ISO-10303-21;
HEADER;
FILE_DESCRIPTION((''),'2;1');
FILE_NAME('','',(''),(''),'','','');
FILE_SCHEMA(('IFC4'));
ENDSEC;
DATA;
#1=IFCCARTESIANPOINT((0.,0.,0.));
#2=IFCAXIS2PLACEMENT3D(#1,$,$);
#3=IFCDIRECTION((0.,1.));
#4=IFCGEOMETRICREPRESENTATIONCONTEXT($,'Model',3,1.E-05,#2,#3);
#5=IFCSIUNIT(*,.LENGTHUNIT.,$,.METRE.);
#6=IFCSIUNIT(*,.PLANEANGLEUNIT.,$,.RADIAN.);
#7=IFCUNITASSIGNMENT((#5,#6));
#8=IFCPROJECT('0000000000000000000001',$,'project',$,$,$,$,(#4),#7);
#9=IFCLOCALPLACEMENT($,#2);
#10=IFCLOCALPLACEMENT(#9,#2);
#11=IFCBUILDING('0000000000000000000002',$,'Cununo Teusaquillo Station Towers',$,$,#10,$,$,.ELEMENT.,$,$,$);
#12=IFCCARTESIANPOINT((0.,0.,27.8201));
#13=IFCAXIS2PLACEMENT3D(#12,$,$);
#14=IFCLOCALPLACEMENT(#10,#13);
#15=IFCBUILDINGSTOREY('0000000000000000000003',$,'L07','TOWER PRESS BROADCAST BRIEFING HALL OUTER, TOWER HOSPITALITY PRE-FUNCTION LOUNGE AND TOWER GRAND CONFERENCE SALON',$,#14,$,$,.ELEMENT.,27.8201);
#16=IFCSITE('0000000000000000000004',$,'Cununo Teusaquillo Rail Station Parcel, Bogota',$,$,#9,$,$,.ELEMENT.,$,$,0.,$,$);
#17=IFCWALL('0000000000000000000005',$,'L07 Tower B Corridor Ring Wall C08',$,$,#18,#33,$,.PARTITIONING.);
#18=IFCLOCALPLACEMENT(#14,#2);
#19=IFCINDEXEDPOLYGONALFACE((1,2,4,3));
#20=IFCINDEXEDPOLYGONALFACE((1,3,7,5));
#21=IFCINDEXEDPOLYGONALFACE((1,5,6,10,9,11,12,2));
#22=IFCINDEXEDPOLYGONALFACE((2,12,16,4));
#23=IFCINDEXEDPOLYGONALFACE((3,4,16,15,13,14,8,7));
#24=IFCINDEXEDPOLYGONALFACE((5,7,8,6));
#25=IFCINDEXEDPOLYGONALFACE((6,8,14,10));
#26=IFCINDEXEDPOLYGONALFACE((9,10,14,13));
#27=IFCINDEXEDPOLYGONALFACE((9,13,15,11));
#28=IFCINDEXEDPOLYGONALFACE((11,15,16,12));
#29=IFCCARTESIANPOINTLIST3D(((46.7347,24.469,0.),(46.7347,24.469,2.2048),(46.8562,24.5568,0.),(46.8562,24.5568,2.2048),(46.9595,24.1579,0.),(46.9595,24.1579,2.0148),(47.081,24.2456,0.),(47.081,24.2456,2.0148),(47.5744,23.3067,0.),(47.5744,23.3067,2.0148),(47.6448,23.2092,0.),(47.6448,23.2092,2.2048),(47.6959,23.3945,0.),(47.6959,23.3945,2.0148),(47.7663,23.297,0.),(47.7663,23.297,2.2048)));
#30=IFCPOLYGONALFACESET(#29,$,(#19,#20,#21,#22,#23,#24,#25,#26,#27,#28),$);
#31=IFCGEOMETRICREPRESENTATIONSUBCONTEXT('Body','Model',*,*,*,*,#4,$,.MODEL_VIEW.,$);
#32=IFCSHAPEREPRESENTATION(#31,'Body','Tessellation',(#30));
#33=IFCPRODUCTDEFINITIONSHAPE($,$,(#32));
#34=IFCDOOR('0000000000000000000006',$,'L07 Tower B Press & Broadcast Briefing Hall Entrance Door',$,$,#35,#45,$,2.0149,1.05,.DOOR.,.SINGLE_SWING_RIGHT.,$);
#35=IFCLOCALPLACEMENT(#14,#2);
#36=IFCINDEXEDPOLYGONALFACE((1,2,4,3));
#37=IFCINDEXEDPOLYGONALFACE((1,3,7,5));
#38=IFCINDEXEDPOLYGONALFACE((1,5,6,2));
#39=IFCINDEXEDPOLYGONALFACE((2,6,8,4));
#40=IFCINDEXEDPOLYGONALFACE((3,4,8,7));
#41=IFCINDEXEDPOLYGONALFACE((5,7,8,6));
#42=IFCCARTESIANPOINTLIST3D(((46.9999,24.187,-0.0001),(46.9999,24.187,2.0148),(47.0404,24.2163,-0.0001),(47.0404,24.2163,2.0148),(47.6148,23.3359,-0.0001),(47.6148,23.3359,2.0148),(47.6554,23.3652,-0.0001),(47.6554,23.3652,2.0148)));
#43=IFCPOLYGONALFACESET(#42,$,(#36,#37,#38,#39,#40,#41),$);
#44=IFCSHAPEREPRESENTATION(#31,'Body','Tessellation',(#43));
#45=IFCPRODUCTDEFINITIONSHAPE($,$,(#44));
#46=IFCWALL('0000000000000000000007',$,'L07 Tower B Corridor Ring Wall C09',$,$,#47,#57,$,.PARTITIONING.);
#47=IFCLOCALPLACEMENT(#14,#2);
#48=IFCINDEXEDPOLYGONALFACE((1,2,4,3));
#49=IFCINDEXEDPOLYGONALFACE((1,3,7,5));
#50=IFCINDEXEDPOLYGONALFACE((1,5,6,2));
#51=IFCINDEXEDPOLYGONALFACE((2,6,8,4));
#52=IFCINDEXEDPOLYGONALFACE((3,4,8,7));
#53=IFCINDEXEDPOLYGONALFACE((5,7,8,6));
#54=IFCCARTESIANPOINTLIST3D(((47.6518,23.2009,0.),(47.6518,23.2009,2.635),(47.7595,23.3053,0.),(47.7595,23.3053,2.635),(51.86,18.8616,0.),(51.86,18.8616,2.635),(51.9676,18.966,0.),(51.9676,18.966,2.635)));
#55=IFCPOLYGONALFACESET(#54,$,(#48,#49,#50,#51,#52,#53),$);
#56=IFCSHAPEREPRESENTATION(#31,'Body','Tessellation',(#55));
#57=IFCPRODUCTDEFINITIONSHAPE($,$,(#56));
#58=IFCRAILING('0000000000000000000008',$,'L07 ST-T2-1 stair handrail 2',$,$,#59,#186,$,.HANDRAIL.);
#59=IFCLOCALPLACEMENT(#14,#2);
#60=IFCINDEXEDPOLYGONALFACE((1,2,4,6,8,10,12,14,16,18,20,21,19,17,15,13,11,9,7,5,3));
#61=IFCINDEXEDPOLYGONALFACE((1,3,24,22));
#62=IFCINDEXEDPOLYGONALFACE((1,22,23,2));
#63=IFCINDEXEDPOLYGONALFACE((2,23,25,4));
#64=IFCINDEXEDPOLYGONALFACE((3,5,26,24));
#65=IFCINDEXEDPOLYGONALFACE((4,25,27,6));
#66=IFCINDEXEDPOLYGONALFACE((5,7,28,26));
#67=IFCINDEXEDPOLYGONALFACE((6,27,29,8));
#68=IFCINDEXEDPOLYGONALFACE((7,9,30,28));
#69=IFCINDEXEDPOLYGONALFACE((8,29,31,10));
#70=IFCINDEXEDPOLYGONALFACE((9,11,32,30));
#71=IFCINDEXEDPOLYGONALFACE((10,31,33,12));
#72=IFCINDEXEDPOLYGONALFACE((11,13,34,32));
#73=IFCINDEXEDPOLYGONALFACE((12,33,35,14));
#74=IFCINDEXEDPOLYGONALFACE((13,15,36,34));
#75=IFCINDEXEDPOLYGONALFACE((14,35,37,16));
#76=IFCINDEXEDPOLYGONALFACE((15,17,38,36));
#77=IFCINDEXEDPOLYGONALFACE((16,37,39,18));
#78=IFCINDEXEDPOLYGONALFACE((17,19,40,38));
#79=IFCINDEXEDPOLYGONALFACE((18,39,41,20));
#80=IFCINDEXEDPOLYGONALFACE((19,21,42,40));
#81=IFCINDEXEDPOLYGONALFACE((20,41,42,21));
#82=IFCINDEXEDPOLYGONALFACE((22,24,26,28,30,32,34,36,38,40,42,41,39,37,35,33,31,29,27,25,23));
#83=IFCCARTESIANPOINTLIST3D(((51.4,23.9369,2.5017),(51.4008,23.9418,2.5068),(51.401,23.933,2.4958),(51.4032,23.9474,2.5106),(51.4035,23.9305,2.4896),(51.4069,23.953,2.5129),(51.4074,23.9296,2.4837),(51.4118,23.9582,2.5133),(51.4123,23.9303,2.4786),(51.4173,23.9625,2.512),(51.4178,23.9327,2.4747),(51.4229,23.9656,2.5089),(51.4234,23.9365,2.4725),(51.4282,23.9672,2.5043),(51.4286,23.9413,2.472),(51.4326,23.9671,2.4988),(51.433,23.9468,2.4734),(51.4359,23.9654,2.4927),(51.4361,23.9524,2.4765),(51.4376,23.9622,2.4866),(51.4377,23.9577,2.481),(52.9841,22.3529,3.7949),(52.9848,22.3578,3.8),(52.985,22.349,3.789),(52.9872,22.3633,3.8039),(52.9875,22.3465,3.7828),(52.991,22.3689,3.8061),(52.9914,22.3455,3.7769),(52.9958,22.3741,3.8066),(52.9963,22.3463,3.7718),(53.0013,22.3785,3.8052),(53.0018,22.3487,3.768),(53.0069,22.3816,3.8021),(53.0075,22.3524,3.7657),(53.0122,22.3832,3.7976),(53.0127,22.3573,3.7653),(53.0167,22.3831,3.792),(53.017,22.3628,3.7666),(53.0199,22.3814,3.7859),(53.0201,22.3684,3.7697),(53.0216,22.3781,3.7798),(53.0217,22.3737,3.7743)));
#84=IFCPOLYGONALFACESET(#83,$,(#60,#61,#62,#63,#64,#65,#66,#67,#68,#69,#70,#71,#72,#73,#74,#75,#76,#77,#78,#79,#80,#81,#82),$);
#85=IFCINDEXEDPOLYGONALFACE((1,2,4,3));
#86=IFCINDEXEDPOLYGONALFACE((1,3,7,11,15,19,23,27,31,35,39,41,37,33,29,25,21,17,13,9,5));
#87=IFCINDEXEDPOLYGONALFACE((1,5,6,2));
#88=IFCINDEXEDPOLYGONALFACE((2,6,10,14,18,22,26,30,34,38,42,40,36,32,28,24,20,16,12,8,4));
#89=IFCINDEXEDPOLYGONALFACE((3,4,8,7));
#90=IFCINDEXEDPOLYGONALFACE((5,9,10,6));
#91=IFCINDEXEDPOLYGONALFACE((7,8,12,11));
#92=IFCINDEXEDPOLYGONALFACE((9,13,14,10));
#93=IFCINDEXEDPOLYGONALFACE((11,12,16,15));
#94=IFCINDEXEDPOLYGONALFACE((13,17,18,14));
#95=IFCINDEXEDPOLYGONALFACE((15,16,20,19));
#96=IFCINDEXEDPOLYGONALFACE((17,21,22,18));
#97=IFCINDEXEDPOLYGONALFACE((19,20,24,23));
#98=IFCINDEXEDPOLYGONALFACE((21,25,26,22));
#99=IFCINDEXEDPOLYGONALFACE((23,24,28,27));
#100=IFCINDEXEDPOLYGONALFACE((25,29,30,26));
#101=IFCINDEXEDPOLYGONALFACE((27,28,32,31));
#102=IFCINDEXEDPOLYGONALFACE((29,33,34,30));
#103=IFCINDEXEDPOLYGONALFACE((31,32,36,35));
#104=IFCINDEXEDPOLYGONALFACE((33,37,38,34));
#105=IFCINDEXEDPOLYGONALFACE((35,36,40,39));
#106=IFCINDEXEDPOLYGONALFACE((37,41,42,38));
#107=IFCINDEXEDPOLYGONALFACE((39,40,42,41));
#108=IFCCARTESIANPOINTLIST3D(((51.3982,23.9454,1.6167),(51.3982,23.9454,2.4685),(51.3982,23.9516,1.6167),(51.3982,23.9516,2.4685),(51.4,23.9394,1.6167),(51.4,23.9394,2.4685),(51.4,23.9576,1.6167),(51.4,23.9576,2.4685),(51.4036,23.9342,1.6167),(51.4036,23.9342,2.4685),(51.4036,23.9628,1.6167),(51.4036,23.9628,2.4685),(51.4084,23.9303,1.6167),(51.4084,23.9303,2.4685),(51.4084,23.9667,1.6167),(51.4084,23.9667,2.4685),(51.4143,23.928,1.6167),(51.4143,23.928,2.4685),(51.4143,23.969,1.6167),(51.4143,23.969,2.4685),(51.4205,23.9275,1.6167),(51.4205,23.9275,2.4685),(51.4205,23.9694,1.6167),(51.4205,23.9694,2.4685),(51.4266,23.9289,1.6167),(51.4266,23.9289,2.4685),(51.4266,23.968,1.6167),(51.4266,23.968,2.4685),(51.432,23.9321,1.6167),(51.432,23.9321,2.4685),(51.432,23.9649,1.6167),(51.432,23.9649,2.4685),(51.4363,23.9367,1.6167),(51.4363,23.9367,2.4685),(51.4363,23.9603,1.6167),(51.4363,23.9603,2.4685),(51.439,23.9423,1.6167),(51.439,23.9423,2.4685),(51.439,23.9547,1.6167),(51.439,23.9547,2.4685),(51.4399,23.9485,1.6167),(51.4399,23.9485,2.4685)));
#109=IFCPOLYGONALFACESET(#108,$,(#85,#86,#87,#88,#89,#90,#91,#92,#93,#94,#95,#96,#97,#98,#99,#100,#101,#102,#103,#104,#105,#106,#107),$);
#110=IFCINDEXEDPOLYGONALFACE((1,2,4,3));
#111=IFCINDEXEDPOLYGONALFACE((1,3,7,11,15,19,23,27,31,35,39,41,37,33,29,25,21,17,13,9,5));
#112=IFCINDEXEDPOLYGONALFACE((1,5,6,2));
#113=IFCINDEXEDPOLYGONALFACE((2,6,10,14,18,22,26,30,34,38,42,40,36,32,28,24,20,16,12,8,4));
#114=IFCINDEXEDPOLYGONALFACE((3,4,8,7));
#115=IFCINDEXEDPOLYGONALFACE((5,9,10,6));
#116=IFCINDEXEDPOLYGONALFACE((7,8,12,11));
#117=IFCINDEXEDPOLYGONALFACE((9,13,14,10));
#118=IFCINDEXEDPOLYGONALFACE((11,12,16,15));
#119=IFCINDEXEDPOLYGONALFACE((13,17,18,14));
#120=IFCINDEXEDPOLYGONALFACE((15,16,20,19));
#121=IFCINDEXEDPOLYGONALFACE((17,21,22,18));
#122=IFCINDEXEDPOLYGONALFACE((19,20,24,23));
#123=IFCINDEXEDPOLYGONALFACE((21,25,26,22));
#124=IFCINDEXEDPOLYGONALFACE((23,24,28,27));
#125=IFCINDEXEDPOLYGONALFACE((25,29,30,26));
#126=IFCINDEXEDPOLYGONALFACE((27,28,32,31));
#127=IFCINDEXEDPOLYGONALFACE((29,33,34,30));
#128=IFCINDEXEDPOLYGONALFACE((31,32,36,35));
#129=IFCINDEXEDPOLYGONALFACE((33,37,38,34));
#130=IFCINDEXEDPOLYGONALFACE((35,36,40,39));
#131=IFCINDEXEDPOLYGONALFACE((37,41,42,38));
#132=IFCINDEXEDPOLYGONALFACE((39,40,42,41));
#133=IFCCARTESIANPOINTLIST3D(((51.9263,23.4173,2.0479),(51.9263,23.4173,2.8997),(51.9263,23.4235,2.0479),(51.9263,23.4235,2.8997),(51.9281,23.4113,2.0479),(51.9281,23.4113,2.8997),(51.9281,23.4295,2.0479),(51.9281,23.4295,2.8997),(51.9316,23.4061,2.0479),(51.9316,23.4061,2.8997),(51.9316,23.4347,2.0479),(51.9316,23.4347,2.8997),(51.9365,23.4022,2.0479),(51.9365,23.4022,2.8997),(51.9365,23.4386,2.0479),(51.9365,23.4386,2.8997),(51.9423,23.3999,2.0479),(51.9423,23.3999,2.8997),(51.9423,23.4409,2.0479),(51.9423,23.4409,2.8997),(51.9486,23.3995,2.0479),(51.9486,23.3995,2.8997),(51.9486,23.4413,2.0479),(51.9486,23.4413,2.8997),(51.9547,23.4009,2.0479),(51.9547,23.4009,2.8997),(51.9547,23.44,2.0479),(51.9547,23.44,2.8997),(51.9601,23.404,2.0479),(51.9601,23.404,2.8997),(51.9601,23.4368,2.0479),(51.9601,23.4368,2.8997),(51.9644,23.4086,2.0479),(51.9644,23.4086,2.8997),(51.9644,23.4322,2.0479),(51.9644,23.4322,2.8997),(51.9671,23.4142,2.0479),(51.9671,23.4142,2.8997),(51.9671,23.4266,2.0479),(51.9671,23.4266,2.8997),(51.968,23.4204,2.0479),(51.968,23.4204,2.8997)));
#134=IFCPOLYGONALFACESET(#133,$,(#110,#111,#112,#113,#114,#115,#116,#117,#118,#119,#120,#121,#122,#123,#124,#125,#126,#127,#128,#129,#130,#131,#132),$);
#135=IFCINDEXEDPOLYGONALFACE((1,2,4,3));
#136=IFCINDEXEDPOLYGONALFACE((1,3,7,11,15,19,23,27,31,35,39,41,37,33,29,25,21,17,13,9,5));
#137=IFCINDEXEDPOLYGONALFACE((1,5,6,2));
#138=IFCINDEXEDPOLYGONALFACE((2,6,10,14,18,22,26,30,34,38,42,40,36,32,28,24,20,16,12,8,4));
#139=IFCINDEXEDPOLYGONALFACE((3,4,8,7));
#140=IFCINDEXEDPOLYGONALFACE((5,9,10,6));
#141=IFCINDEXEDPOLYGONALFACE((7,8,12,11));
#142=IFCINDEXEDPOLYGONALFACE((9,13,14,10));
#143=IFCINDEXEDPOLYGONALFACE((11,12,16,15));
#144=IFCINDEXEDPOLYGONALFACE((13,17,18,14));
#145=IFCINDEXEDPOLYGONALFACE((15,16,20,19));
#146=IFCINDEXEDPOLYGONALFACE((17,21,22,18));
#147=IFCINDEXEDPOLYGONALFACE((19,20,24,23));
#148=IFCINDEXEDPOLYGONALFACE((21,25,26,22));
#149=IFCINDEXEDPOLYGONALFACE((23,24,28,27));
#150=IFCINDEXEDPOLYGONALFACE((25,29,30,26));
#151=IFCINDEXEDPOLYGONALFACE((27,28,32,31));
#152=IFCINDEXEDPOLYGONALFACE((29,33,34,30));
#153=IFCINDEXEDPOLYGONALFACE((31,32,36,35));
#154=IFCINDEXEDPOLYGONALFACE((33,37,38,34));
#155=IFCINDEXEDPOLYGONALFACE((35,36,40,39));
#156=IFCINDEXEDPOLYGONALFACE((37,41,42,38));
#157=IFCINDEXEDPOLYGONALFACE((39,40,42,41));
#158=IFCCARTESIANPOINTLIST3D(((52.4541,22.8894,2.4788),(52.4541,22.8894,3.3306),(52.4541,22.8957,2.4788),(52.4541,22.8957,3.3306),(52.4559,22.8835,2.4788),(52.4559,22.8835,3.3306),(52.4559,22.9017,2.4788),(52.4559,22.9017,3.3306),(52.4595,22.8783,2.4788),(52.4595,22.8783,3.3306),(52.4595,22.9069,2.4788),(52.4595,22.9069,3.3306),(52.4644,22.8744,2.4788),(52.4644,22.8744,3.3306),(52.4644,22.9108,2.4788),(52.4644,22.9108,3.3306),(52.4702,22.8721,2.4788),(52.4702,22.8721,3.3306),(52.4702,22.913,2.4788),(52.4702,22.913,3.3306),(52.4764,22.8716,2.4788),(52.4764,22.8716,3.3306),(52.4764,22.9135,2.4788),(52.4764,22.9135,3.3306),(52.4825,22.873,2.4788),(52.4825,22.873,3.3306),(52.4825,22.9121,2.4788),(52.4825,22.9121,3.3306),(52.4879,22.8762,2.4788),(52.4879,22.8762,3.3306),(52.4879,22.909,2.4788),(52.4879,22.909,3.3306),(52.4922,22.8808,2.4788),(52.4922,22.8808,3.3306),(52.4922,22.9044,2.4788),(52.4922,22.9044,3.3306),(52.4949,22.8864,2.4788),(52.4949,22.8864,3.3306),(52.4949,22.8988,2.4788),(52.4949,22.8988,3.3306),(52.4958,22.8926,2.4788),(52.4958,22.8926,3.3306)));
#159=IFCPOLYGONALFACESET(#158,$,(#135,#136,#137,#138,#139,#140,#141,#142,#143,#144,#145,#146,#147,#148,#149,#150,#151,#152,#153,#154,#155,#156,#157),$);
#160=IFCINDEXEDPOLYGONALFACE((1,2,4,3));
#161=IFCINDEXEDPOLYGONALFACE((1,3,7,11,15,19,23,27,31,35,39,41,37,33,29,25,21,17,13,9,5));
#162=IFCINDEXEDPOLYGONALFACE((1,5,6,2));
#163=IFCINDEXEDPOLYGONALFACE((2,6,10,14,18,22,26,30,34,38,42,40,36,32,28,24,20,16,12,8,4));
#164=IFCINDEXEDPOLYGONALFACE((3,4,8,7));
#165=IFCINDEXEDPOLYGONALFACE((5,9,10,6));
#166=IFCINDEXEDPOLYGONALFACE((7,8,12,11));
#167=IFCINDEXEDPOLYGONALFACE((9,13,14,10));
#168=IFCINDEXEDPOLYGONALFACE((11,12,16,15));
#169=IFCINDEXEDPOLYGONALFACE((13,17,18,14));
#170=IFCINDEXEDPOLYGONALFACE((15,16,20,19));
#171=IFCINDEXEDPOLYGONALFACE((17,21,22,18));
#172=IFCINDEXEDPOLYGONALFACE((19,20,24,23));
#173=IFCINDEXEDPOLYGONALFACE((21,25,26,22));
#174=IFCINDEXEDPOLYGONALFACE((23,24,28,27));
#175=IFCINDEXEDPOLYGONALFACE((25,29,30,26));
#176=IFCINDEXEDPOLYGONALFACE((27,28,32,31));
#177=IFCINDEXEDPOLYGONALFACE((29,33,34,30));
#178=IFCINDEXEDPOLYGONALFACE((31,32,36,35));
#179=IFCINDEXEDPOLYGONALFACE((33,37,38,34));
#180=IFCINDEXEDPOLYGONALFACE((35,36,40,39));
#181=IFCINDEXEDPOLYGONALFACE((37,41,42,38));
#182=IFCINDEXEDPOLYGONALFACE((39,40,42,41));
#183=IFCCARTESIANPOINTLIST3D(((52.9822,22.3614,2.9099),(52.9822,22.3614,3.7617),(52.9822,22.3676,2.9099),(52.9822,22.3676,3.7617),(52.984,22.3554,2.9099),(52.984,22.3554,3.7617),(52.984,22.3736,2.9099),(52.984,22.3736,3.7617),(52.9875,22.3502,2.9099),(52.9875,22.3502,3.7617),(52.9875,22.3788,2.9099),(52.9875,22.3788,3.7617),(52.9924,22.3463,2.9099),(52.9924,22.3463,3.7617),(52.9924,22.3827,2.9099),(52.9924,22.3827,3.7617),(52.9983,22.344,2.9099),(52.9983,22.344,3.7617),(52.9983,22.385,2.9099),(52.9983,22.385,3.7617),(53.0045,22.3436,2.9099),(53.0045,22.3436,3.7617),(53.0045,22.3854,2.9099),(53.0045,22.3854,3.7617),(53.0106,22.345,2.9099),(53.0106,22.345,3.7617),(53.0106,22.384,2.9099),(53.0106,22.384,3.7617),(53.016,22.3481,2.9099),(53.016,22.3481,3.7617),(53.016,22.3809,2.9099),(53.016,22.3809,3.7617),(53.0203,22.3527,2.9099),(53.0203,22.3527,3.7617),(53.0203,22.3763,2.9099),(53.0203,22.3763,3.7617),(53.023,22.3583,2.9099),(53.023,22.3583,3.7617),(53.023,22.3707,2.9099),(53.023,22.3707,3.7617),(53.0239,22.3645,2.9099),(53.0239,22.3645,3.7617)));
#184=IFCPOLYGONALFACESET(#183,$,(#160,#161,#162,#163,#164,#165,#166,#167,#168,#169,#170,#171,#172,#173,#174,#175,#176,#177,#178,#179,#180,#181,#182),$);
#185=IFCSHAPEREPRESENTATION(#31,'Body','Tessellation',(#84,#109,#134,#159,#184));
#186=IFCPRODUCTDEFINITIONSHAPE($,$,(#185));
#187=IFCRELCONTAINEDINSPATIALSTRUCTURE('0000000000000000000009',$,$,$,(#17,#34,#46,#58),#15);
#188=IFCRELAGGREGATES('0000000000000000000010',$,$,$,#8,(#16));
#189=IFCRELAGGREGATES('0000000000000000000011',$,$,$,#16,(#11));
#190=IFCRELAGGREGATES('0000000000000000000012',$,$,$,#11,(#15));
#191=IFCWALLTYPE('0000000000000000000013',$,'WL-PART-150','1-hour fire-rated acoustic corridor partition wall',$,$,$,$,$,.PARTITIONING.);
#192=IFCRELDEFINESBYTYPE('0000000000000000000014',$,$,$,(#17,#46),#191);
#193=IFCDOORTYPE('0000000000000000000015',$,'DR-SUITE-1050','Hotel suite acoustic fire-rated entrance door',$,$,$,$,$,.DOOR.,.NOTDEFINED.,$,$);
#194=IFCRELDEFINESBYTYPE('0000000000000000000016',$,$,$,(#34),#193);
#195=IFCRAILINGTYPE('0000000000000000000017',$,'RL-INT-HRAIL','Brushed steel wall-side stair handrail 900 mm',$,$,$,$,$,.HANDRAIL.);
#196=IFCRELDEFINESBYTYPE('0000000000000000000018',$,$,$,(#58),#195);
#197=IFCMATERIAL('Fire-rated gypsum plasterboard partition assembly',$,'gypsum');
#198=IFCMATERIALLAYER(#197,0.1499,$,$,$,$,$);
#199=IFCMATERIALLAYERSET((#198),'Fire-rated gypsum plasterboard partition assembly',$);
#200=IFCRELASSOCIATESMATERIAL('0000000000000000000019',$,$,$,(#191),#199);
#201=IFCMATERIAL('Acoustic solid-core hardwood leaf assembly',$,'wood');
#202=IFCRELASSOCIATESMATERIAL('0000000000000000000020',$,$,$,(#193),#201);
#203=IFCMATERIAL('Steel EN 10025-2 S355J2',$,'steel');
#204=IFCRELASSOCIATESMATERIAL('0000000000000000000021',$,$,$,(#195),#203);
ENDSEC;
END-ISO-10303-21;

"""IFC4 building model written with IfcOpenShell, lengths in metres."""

from ifc_helpers import new_model, si_unit, direction, frame, frame_2d, origin, origin_2d, place, context, subcontext, project, spatial, rectangle, circle, extrude, source, transform, mapped, material, layer, layer_set, type_object, element, fill, save


model = new_model("IFC4")

# Units and contexts
model_context = context("Model", 3, precision=1e-05, world=origin(), true_north=direction((0.0, 1.0)))
body_context = subcontext(model_context, "Body", "Model", "MODEL_VIEW")
ifc_project = project(units=[si_unit("LENGTHUNIT", "METRE"), si_unit("PLANEANGLEUNIT", "RADIAN")], contexts=[model_context])

# Site, building, storey
site_placement = place(None, origin())
site = spatial("IfcSite", under=ifc_project, at=site_placement, Name="Cununo Teusaquillo Rail Station Parcel, Bogota", CompositionType="ELEMENT", RefElevation=0.0)
building_placement = place(site_placement, origin())
building = spatial("IfcBuilding", under=site, at=building_placement, Name="Cununo Teusaquillo Station Towers", CompositionType="ELEMENT")
storey_placement = place(building_placement, frame((0.0, 0.0, 27.8201)))
storey = spatial("IfcBuildingStorey", under=building, at=storey_placement, Name="L07", Description="TOWER PRESS BROADCAST BRIEFING HALL OUTER, TOWER HOSPITALITY PRE-FUNCTION LOUNGE AND TOWER GRAND CONFERENCE SALON", CompositionType="ELEMENT", Elevation=27.8201)

# Wall, opening, door
ifc_material_1 = material(Name="Fire-rated gypsum plasterboard partition assembly", Category="gypsum")
ifc_layer_1 = layer(ifc_material_1, 0.1499)
ifc_layer_set_1 = layer_set([ifc_layer_1], Name="Fire-rated gypsum plasterboard partition assembly")
wall_type_1 = type_object("IfcWallType", Name="WL-PART-150", Description="1-hour fire-rated acoustic corridor partition wall", PredefinedType="PARTITIONING", material=ifc_layer_set_1)
wall_1_placement = place(storey_placement, frame((46.7954, 24.5129, 0.0), z_axis=(0.0, 0.0, 1.0), x_axis=(0.585628, -0.81058, 0.0)))
wall_1 = element("IfcWall", 1, at=wall_1_placement, inside=storey, type_object=wall_type_1, Name="L07 Tower B Corridor Ring Wall C08", PredefinedType="PARTITIONING", context=body_context, shape_type="SweptSolid", body=[
    extrude(rectangle(XDim=1.5542, YDim=0.1499, at=frame_2d((0.7771, 0.0))), origin(), (0.0, 0.0, 1.0), 2.2048),
])
shared_shape_1 = source(origin(), body_context, "Body", "SweptSolid", [
    extrude(rectangle(XDim=1.05, YDim=2.0149, at=frame_2d((0.5249, 1.0073))), frame((0.0, 0.085, 0.0), z_axis=(0.0, -1.0, 0.0), x_axis=(1.0, 0.0, 0.0)), (0.0, 0.0, 1.0), 0.1699),
])
opening_1_placement = place(wall_1_placement, frame((0.384, 0.0, 0.0)))
opening_1 = element("IfcOpeningElement", 2, at=opening_1_placement, cuts=wall_1, PredefinedType="OPENING", context=body_context, shape_type="MappedRepresentation", body=[
    mapped(shared_shape_1, transform((0.0, 0.0, 0.0), x_axis=(1.0, 0.0, 0.0), y_axis=(0.0, 1.0, 0.0), z_axis=(0.0, 0.0, 1.0), scale=1.0)),
])
ifc_material_2 = material(Name="Acoustic solid-core hardwood leaf assembly", Category="wood")
door_type_1 = type_object("IfcDoorType", Name="DR-SUITE-1050", Description="Hotel suite acoustic fire-rated entrance door", OperationType="NOTDEFINED", PredefinedType="DOOR", material=ifc_material_2)
shared_shape_2 = source(origin(), body_context, "Body", "SweptSolid", [
    extrude(rectangle(XDim=1.05, YDim=2.0149, at=frame_2d((0.5249, 1.0073))), frame((0.0, 0.0249, 0.0), z_axis=(0.0, -1.0, 0.0), x_axis=(1.0, 0.0, 0.0)), (0.0, 0.0, 1.0), 0.05),
])
door_1_placement = place(opening_1_placement, origin())
door_1 = element("IfcDoor", 3, at=door_1_placement, inside=storey, type_object=door_type_1, Name="L07 Tower B Press & Broadcast Briefing Hall Entrance Door", OperationType="SINGLE_SWING_RIGHT", OverallHeight=2.0149, OverallWidth=1.05, PredefinedType="DOOR", context=body_context, shape_type="MappedRepresentation", body=[
    mapped(shared_shape_2, transform((0.0, 0.0, 0.0), x_axis=(1.0, 0.0, 0.0), y_axis=(0.0, 1.0, 0.0), z_axis=(0.0, 0.0, 1.0), scale=1.0)),
])
fill(opening_1, door_1)

# Wall
wall_2_placement = place(storey_placement, frame((47.7056, 23.2532, 0.0), z_axis=(0.0, 0.0, 1.0), x_axis=(0.696179, -0.717868, 0.0)))
element("IfcWall", 4, at=wall_2_placement, inside=storey, type_object=wall_type_1, Name="L07 Tower B Corridor Ring Wall C09", PredefinedType="PARTITIONING", context=body_context, shape_type="SweptSolid", body=[
    extrude(rectangle(XDim=6.0447, YDim=0.1499, at=frame_2d((3.0225, 0.0))), origin(), (0.0, 0.0, 1.0), 2.635),
])

# Railing
ifc_material_3 = material(Name="Steel EN 10025-2 S355J2", Category="steel")
railing_type = type_object("IfcRailingType", Name="RL-INT-HRAIL", Description="Brushed steel wall-side stair handrail 900 mm", PredefinedType="HANDRAIL", material=ifc_material_3)
railing_placement = place(storey_placement, frame((51.4189, 23.9485, 1.6167)))
element("IfcRailing", 5, at=railing_placement, inside=storey, type_object=railing_type, Name="L07 ST-T2-1 stair handrail 2", PredefinedType="HANDRAIL", context=body_context, shape_type="SweptSolid", body=[
    extrude(circle(Radius=0.0239, at=origin_2d()), frame((0.0, 0.0, 0.876), z_axis=(0.612385, -0.612385, 0.49997), x_axis=(0.707107, 0.707107, 0.0)), (0.0, 0.0, 1.0), 2.5867),
    extrude(circle(Radius=0.021, at=origin_2d()), origin(), (0.0, 0.0, 1.0), 0.8518),
    extrude(circle(Radius=0.021, at=origin_2d()), frame((0.5281, -0.5281, 0.4312)), (0.0, 0.0, 1.0), 0.8518),
    extrude(circle(Radius=0.021, at=origin_2d()), frame((1.0559, -1.0559, 0.8621)), (0.0, 0.0, 1.0), 0.8518),
    extrude(circle(Radius=0.021, at=origin_2d()), frame((1.584, -1.584, 1.2932)), (0.0, 0.0, 1.0), 0.8518),
])

save(model, "model.ifc")
